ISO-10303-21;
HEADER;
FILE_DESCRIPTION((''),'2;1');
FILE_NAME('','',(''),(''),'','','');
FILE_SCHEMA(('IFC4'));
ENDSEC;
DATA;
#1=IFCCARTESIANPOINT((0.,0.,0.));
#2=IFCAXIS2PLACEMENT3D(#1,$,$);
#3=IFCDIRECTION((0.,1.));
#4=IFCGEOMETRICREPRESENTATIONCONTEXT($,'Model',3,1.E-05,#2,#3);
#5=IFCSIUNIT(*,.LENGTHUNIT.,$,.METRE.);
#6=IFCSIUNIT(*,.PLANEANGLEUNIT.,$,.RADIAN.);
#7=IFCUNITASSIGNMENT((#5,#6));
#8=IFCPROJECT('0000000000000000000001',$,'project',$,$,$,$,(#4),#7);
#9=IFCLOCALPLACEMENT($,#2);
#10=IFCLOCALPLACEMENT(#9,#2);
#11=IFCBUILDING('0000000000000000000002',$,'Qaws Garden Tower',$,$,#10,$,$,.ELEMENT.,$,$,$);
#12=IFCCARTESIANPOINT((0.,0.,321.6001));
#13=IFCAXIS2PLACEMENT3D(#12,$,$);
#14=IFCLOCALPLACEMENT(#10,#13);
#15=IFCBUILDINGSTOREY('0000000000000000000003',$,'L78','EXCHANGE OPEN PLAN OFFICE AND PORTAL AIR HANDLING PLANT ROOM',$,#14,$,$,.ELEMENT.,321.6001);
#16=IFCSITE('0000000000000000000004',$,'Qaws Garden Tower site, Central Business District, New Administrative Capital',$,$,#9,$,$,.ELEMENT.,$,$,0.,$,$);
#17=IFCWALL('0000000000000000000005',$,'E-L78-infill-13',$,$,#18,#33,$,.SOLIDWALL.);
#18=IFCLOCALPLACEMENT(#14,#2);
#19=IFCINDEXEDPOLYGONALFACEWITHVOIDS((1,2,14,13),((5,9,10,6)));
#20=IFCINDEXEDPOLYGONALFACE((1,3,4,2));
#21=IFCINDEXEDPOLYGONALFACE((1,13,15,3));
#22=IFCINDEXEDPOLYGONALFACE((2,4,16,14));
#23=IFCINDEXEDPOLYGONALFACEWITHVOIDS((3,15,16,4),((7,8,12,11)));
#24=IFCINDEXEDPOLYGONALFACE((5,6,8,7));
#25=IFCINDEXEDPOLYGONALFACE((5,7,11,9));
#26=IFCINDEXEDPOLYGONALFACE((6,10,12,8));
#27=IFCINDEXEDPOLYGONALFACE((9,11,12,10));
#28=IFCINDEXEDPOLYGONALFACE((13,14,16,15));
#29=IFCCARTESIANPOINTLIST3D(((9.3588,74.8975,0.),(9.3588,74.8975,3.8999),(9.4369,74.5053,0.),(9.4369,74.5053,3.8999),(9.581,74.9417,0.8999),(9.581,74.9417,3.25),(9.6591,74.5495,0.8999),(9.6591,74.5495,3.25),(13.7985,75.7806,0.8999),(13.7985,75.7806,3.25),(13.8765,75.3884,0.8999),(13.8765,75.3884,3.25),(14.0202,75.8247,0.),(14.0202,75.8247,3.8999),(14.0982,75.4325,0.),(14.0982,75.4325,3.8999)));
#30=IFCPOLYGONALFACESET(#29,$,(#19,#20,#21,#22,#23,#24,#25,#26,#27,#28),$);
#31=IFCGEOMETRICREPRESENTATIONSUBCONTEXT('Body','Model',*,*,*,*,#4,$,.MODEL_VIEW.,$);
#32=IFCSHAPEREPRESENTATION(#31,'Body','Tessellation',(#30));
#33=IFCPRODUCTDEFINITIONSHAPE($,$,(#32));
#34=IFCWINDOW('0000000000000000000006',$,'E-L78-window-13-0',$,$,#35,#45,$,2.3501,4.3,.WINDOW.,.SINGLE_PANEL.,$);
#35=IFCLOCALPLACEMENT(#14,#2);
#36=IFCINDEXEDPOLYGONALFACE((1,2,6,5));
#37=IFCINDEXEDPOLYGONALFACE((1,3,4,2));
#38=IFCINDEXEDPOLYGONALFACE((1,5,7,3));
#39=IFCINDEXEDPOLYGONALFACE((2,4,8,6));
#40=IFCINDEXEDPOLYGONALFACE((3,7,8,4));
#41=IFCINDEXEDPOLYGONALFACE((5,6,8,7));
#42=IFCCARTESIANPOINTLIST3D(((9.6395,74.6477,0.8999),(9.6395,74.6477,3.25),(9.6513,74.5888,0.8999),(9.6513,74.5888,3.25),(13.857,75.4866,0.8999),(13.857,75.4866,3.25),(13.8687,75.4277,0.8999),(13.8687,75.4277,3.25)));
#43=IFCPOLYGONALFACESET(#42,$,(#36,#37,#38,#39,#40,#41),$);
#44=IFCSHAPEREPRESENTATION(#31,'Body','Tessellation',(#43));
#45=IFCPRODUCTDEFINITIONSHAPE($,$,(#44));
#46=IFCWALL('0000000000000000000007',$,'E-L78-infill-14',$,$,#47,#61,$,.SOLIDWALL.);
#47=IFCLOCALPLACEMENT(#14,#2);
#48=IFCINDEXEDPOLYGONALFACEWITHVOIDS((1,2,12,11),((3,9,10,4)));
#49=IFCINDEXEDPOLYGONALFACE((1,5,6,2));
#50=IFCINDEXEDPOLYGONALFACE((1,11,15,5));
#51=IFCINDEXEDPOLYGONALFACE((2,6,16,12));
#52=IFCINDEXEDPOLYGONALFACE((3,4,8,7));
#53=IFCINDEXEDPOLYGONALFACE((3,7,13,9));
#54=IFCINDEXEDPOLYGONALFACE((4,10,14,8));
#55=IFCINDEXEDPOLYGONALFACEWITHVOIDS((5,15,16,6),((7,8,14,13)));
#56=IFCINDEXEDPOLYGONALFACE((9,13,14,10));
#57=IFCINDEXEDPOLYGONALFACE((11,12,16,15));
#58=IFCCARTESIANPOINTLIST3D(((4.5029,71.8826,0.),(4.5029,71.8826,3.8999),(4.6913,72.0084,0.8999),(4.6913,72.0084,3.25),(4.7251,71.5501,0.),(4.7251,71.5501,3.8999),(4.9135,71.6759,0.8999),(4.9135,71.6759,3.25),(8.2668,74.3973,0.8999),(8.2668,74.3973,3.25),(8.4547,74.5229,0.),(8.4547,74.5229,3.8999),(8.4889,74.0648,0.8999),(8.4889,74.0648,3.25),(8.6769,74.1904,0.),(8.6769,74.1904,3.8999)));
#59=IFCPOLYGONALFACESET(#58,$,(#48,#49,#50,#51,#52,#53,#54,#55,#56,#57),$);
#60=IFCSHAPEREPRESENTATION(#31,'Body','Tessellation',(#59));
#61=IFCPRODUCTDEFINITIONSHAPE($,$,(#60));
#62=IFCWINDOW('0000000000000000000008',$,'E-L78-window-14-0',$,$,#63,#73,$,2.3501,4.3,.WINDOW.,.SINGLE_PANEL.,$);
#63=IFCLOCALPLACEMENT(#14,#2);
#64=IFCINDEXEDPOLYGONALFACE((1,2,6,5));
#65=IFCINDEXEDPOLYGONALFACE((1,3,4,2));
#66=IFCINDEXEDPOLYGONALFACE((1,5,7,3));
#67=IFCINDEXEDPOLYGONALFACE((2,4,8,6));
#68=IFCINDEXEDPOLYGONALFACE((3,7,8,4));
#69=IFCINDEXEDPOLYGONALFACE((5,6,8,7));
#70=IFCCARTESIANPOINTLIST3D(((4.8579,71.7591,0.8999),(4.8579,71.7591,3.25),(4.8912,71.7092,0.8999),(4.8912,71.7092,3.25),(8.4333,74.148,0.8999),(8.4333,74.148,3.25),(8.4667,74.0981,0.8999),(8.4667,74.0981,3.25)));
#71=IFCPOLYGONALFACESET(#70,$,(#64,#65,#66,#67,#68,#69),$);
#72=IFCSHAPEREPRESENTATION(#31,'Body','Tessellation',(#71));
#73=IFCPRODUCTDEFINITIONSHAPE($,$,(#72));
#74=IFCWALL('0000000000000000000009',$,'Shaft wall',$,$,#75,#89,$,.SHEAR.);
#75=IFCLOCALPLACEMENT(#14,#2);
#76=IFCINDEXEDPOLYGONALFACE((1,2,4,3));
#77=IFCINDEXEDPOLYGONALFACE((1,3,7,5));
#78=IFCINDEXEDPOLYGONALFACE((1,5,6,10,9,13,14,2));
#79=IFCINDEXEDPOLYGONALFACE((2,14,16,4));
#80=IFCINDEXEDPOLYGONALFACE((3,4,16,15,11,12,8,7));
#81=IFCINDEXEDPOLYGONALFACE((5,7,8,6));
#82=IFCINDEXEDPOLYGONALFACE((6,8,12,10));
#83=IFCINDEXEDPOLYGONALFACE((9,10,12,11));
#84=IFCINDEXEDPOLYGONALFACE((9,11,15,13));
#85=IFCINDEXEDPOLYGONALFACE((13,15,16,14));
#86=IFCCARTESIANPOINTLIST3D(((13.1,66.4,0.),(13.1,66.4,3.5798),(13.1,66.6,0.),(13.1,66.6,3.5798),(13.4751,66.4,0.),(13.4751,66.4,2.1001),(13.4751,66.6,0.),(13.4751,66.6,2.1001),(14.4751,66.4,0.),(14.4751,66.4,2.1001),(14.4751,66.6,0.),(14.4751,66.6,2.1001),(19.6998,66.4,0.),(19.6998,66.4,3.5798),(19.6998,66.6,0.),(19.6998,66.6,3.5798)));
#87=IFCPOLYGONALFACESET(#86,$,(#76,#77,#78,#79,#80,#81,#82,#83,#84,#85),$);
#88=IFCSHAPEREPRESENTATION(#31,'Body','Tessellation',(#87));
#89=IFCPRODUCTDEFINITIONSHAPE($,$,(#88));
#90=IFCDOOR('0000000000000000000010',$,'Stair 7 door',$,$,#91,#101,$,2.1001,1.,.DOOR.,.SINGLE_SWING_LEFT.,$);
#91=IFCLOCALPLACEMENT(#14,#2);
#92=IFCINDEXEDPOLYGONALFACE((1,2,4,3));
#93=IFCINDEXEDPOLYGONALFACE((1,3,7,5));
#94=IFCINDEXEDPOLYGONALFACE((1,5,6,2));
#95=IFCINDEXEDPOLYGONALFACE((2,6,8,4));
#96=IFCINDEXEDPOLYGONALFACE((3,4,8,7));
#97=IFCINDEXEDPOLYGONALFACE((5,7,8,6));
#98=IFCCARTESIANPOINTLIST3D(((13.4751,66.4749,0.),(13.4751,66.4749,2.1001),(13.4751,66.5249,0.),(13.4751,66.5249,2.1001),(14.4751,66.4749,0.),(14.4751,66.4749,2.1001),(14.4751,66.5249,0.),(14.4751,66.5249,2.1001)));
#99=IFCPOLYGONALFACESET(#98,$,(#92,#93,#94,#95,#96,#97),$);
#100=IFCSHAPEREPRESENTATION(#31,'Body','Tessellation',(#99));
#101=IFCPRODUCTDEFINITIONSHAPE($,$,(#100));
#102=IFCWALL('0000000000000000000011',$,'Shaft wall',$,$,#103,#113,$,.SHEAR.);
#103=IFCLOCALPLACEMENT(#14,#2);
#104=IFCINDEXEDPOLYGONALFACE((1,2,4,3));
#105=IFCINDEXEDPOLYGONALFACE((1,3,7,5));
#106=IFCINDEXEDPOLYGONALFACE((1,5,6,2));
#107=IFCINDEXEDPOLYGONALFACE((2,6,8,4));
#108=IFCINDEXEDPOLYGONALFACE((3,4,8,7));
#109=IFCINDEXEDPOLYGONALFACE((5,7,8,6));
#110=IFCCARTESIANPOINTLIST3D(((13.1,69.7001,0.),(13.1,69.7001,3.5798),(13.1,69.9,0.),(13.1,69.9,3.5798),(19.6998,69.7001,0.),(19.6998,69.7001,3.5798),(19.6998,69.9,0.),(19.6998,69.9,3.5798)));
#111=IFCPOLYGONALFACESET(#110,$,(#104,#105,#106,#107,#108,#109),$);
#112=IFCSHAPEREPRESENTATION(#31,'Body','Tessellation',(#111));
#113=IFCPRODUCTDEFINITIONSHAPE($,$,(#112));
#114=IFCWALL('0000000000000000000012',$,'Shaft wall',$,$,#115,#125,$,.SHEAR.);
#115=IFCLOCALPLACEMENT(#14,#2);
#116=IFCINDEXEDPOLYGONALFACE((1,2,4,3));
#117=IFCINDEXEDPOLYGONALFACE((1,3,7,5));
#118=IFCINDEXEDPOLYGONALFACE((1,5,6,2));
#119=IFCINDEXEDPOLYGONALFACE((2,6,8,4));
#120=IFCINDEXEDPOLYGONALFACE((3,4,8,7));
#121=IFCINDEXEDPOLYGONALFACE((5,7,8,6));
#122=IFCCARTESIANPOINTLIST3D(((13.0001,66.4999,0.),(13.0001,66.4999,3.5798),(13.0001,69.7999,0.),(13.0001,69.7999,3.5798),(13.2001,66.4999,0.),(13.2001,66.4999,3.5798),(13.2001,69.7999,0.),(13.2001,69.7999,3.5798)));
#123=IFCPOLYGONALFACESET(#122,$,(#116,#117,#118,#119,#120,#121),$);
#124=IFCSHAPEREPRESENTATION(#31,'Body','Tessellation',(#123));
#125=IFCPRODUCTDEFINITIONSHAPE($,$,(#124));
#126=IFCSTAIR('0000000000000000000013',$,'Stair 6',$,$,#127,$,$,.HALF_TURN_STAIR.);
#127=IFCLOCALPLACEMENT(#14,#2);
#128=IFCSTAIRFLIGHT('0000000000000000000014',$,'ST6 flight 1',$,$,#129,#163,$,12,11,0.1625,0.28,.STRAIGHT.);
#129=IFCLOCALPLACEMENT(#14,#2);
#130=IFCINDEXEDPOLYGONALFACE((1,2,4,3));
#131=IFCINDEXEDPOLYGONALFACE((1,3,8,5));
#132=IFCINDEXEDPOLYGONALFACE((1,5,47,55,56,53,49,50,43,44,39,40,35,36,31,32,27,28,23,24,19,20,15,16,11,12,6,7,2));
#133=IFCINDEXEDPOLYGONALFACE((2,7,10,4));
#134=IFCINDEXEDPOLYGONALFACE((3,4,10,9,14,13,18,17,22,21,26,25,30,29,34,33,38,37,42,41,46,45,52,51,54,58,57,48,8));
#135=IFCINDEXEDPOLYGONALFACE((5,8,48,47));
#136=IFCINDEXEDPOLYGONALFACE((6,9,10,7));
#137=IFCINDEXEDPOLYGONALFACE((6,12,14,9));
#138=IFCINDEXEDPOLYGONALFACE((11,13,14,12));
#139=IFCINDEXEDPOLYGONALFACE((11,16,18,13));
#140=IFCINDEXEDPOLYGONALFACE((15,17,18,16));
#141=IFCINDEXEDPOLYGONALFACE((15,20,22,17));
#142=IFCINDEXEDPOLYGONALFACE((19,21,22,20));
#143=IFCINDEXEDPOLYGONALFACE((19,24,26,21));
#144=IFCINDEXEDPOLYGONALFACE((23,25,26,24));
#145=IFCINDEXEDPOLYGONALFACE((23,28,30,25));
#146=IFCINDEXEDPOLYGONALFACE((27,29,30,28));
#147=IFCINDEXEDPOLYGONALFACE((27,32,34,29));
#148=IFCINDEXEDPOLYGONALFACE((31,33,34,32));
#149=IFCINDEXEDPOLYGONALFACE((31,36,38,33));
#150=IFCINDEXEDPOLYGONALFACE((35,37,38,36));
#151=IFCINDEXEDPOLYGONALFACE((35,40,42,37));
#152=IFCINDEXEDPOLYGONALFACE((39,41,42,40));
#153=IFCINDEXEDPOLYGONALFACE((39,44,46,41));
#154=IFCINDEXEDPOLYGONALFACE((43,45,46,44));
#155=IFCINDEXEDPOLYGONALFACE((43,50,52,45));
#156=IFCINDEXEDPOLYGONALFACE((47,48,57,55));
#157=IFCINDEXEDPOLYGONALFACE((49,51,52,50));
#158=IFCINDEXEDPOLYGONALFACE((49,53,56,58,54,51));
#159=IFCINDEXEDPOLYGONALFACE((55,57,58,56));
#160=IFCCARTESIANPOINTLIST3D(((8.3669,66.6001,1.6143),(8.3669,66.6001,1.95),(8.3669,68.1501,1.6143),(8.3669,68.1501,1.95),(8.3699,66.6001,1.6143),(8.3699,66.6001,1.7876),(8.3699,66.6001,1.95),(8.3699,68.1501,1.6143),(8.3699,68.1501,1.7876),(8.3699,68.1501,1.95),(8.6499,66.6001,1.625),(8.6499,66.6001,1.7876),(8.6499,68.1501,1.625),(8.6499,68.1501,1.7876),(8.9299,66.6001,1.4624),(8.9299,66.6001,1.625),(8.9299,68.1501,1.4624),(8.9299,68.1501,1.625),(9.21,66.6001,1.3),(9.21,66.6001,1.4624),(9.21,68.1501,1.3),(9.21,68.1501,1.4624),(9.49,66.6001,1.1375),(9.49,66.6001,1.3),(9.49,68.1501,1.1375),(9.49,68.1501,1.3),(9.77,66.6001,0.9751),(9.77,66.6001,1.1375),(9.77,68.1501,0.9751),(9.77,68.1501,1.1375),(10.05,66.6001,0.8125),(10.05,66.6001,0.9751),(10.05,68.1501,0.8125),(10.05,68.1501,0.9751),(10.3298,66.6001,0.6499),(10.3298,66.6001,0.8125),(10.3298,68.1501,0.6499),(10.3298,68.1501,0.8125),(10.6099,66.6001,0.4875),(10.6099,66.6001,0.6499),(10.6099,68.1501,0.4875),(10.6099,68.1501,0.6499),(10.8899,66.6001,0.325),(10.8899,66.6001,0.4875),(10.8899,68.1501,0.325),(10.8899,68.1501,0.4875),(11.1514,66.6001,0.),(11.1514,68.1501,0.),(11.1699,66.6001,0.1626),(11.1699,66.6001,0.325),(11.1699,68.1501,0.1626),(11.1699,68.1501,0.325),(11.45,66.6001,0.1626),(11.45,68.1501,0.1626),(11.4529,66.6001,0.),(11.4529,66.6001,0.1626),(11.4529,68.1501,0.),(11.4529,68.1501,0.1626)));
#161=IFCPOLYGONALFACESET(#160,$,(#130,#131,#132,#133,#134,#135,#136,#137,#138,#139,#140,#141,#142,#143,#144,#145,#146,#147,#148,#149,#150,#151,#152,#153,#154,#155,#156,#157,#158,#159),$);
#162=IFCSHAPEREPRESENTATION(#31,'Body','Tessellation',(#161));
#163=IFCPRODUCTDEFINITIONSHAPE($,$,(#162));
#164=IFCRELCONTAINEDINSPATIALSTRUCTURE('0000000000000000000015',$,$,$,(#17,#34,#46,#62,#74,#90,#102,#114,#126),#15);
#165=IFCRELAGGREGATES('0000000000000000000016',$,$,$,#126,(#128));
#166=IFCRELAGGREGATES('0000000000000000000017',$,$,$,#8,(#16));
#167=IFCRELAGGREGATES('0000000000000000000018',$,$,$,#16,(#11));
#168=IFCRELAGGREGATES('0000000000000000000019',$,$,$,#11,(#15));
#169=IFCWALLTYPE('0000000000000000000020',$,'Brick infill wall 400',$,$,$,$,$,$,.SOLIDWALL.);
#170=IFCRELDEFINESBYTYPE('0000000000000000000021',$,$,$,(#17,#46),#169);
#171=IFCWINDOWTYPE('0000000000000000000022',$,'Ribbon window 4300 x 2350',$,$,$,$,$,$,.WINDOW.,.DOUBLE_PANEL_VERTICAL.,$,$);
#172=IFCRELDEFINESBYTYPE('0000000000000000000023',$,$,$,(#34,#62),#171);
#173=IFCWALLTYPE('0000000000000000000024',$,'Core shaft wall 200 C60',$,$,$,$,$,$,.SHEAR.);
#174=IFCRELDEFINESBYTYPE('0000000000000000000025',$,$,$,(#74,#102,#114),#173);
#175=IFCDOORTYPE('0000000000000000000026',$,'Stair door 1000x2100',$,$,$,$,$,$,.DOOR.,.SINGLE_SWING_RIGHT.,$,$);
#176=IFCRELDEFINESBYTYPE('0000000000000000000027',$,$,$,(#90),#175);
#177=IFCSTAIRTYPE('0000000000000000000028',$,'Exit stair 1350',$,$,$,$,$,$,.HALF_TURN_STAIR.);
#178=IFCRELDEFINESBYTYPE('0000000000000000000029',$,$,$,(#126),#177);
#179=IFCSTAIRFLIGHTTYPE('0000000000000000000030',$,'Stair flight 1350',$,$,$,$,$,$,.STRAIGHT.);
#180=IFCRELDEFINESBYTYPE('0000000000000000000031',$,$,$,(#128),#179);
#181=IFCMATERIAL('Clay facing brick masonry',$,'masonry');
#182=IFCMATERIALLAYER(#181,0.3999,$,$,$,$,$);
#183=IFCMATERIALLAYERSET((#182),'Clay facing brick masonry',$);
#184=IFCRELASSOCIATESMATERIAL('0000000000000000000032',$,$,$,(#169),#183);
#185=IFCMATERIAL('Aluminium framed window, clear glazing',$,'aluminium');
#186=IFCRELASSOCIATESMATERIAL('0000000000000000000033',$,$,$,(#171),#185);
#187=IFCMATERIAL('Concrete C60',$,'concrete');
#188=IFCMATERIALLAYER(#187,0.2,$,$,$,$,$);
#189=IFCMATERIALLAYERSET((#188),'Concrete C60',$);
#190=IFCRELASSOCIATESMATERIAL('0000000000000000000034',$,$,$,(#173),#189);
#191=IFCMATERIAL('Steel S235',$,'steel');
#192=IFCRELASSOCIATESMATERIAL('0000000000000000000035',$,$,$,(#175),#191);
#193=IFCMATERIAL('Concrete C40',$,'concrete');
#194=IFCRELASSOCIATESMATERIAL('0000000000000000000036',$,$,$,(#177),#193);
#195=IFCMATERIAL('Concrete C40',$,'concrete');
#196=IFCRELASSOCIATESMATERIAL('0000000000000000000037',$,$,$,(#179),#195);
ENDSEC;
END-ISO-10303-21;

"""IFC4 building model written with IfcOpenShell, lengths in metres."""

from ifc_helpers import new_model, si_unit, direction, frame, frame_2d, origin, place, context, subcontext, project, spatial, polyline, rectangle, outline, extrude, material, layer, layer_set, type_object, element, fill, aggregate, save


model = new_model("IFC4")

# Units and contexts
model_context = context("Model", 3, precision=1e-05, world=origin(), true_north=direction((0.0, 1.0)))
body_context = subcontext(model_context, "Body", "Model", "MODEL_VIEW")
ifc_project = project(units=[si_unit("LENGTHUNIT", "METRE"), si_unit("PLANEANGLEUNIT", "RADIAN")], contexts=[model_context])

# Site, building, storey
site_placement = place(None, origin())
site = spatial("IfcSite", under=ifc_project, at=site_placement, Name="Qaws Garden Tower site, Central Business District, New Administrative Capital", CompositionType="ELEMENT", RefElevation=0.0)
building_placement = place(site_placement, origin())
building = spatial("IfcBuilding", under=site, at=building_placement, Name="Qaws Garden Tower", CompositionType="ELEMENT")
storey_placement = place(building_placement, frame((0.0, 0.0, 321.6001)))
storey = spatial("IfcBuildingStorey", under=building, at=storey_placement, Name="L78", Description="EXCHANGE OPEN PLAN OFFICE AND PORTAL AIR HANDLING PLANT ROOM", CompositionType="ELEMENT", Elevation=321.6001)

# Shared definitions
placement = place(storey_placement, origin())

# Walls, openings, windows
ifc_material_1 = material(Name="Clay facing brick masonry", Category="masonry")
ifc_layer_1 = layer(ifc_material_1, 0.3999)
ifc_layer_set_1 = layer_set([ifc_layer_1], Name="Clay facing brick masonry")
wall_type_1 = type_object("IfcWallType", Name="Brick infill wall 400", PredefinedType="SOLIDWALL", material=ifc_layer_set_1)
wall_1_placement = place(storey_placement, frame((14.0593, 75.6287, 0.0), z_axis=(0.0, 0.0, 1.0), x_axis=(-0.980784, -0.195099, 0.0)))
wall_1 = element("IfcWall", 1, at=wall_1_placement, inside=storey, type_object=wall_type_1, Name="E-L78-infill-13", PredefinedType="SOLIDWALL", context=body_context, shape_type="SweptSolid", body=[
    extrude(rectangle(XDim=4.7527, YDim=0.3999, at=frame_2d((2.3765, 0.0))), origin(), (0.0, 0.0, 1.0), 3.8999),
])
opening_1_placement = place(wall_1_placement, frame((0.2263, 0.0, 0.8999)))
opening_1 = element("IfcOpeningElement", 2, at=opening_1_placement, cuts=wall_1, PredefinedType="OPENING", context=body_context, shape_type="SweptSolid", body=[
    extrude(rectangle(XDim=4.3, YDim=2.3501, at=frame_2d((2.1499, 1.175))), frame((0.0, 0.21, 0.0), z_axis=(0.0, -1.0, 0.0), x_axis=(1.0, 0.0, 0.0)), (0.0, 0.0, 1.0), 0.4199),
])
ifc_material_2 = material(Name="Aluminium framed window, clear glazing", Category="aluminium")
window_type = type_object("IfcWindowType", Name="Ribbon window 4300 x 2350", PartitioningType="DOUBLE_PANEL_VERTICAL", PredefinedType="WINDOW", material=ifc_material_2)
window_1_placement = place(opening_1_placement, origin())
window_1 = element("IfcWindow", 3, at=window_1_placement, inside=storey, type_object=window_type, Name="E-L78-window-13-0", OverallHeight=2.3501, OverallWidth=4.3, PartitioningType="SINGLE_PANEL", PredefinedType="WINDOW", context=body_context, shape_type="SweptSolid", body=[
    extrude(rectangle(XDim=4.3, YDim=2.3501, at=frame_2d((2.1499, 1.175))), frame((0.0, 0.1599, 0.0), z_axis=(0.0, -1.0, 0.0), x_axis=(1.0, 0.0, 0.0)), (0.0, 0.0, 1.0), 0.0601),
])
fill(opening_1, window_1)
wall_2_placement = place(storey_placement, frame((8.5659, 74.3567, 0.0), z_axis=(0.0, 0.0, 1.0), x_axis=(-0.831489, -0.555542, 0.0)))
wall_2 = element("IfcWall", 4, at=wall_2_placement, inside=storey, type_object=wall_type_1, Name="E-L78-infill-14", PredefinedType="SOLIDWALL", context=body_context, shape_type="SweptSolid", body=[
    extrude(rectangle(XDim=4.7527, YDim=0.3999, at=frame_2d((2.3765, 0.0))), origin(), (0.0, 0.0, 1.0), 3.8999),
])
opening_2_placement = place(wall_2_placement, frame((0.2263, 0.0, 0.8999)))
opening_2 = element("IfcOpeningElement", 5, at=opening_2_placement, cuts=wall_2, PredefinedType="OPENING", context=body_context, shape_type="SweptSolid", body=[
    extrude(rectangle(XDim=4.3, YDim=2.3501, at=frame_2d((2.1499, 1.175))), frame((0.0, 0.21, 0.0), z_axis=(0.0, -1.0, 0.0), x_axis=(1.0, 0.0, 0.0)), (0.0, 0.0, 1.0), 0.4199),
])
window_2_placement = place(opening_2_placement, origin())
window_2 = element("IfcWindow", 6, at=window_2_placement, inside=storey, type_object=window_type, Name="E-L78-window-14-0", OverallHeight=2.3501, OverallWidth=4.3, PartitioningType="SINGLE_PANEL", PredefinedType="WINDOW", context=body_context, shape_type="SweptSolid", body=[
    extrude(rectangle(XDim=4.3, YDim=2.3501, at=frame_2d((2.1499, 1.175))), frame((0.0, 0.1599, 0.0), z_axis=(0.0, -1.0, 0.0), x_axis=(1.0, 0.0, 0.0)), (0.0, 0.0, 1.0), 0.0601),
])
fill(opening_2, window_2)

# Wall, opening, door
ifc_material_3 = material(Name="Concrete C60", Category="concrete")
ifc_layer_2 = layer(ifc_material_3, 0.2)
ifc_layer_set_2 = layer_set([ifc_layer_2], Name="Concrete C60")
wall_type_2 = type_object("IfcWallType", Name="Core shaft wall 200 C60", PredefinedType="SHEAR", material=ifc_layer_set_2)
wall_3_placement = place(storey_placement, frame((13.1001, 66.5, 0.0), z_axis=(0.0, 0.0, 1.0), x_axis=(1.0, 0.0, 0.0)))
wall_3 = element("IfcWall", 7, at=wall_3_placement, inside=storey, type_object=wall_type_2, Name="Shaft wall", PredefinedType="SHEAR", context=body_context, shape_type="SweptSolid", body=[
    extrude(rectangle(XDim=6.5999, YDim=0.2, at=frame_2d((3.2998, 0.0))), origin(), (0.0, 0.0, 1.0), 3.5798),
])
opening_3_placement = place(wall_3_placement, frame((0.375, 0.0, 0.0)))
opening_3 = element("IfcOpeningElement", 8, at=opening_3_placement, cuts=wall_3, PredefinedType="OPENING", context=body_context, shape_type="SweptSolid", body=[
    extrude(rectangle(XDim=1.0, YDim=2.1001, at=frame_2d((0.5, 1.05))), frame((0.0, 0.1099, 0.0), z_axis=(0.0, -1.0, 0.0), x_axis=(1.0, 0.0, 0.0)), (0.0, 0.0, 1.0), 0.22),
])
ifc_material_4 = material(Name="Steel S235", Category="steel")
door_type = type_object("IfcDoorType", Name="Stair door 1000x2100", OperationType="SINGLE_SWING_RIGHT", PredefinedType="DOOR", material=ifc_material_4)
door_placement = place(opening_3_placement, origin())
door = element("IfcDoor", 9, at=door_placement, inside=storey, type_object=door_type, Name="Stair 7 door", OperationType="SINGLE_SWING_LEFT", OverallHeight=2.1001, OverallWidth=1.0, PredefinedType="DOOR", context=body_context, shape_type="SweptSolid", body=[
    extrude(rectangle(XDim=1.0, YDim=2.1001, at=frame_2d((0.5, 1.05))), frame((0.0, 0.0249, 0.0), z_axis=(0.0, -1.0, 0.0), x_axis=(1.0, 0.0, 0.0)), (0.0, 0.0, 1.0), 0.05),
])
fill(opening_3, door)

# Walls
wall_4_placement = place(storey_placement, frame((13.1001, 69.8, 0.0), z_axis=(0.0, 0.0, 1.0), x_axis=(1.0, 0.0, 0.0)))
element("IfcWall", 10, at=wall_4_placement, inside=storey, type_object=wall_type_2, Name="Shaft wall", PredefinedType="SHEAR", context=body_context, shape_type="SweptSolid", body=[
    extrude(rectangle(XDim=6.5999, YDim=0.2, at=frame_2d((3.2998, 0.0))), origin(), (0.0, 0.0, 1.0), 3.5798),
])
wall_5_placement = place(storey_placement, frame((13.1001, 66.5, 0.0), z_axis=(0.0, 0.0, 1.0), x_axis=(0.0, 1.0, 0.0)))
element("IfcWall", 11, at=wall_5_placement, inside=storey, type_object=wall_type_2, Name="Shaft wall", PredefinedType="SHEAR", context=body_context, shape_type="SweptSolid", body=[
    extrude(rectangle(XDim=3.3, YDim=0.2, at=frame_2d((1.6499, 0.0))), origin(), (0.0, 0.0, 1.0), 3.5798),
])

# Stair, stair flight
ifc_material_5 = material(Name="Concrete C40", Category="concrete")
stair_type = type_object("IfcStairType", Name="Exit stair 1350", PredefinedType="HALF_TURN_STAIR", material=ifc_material_5)
stair_1 = element("IfcStair", 12, at=placement, inside=storey, type_object=stair_type, Name="Stair 6", PredefinedType="HALF_TURN_STAIR")
ifc_material_6 = material(Name="Concrete C40", Category="concrete")
stair_flight_type = type_object("IfcStairFlightType", Name="Stair flight 1350", PredefinedType="STRAIGHT", material=ifc_material_6)
stair_flight_1_placement = place(storey_placement, frame((11.45, 67.375, 0.0), z_axis=(0.0, 0.0, 1.0), x_axis=(-1.0, 0.0, 0.0)))
stair_flight_1 = element("IfcStairFlight", 13, at=stair_flight_1_placement, type_object=stair_flight_type, Name="ST6 flight 1", NumberOfRisers=12, NumberOfTreads=11, PredefinedType="STRAIGHT", RiserHeight=0.1625, TreadLength=0.28, context=body_context, shape_type="SweptSolid", body=[
    extrude(outline(polyline([(-0.0029, 0.0), (-0.0029, 0.1626), (0.0, 0.1626), (0.28, 0.1626), (0.28, 0.325), (0.5601, 0.325), (0.5601, 0.4875), (0.8401, 0.4875), (0.8401, 0.6499), (1.1201, 0.6499), (1.1201, 0.8125), (1.3999, 0.8125), (1.3999, 0.9751), (1.6799, 0.9751), (1.6799, 1.1375), (1.96, 1.1375), (1.96, 1.3), (2.24, 1.3), (2.24, 1.4624), (2.52, 1.4624), (2.52, 1.625), (2.8, 1.625), (2.8, 1.7876), (3.0801, 1.7876), (3.0801, 1.95), (3.083, 1.95), (3.083, 1.6143), (3.0801, 1.6143), (0.2986, 0.0), (-0.0029, 0.0)])), frame((0.0, 0.7749, 0.0), z_axis=(0.0, -1.0, 0.0), x_axis=(1.0, 0.0, 0.0)), (0.0, 0.0, 1.0), 1.55),
])
aggregate(stair_1, [stair_flight_1])

save(model, "model.ifc")
